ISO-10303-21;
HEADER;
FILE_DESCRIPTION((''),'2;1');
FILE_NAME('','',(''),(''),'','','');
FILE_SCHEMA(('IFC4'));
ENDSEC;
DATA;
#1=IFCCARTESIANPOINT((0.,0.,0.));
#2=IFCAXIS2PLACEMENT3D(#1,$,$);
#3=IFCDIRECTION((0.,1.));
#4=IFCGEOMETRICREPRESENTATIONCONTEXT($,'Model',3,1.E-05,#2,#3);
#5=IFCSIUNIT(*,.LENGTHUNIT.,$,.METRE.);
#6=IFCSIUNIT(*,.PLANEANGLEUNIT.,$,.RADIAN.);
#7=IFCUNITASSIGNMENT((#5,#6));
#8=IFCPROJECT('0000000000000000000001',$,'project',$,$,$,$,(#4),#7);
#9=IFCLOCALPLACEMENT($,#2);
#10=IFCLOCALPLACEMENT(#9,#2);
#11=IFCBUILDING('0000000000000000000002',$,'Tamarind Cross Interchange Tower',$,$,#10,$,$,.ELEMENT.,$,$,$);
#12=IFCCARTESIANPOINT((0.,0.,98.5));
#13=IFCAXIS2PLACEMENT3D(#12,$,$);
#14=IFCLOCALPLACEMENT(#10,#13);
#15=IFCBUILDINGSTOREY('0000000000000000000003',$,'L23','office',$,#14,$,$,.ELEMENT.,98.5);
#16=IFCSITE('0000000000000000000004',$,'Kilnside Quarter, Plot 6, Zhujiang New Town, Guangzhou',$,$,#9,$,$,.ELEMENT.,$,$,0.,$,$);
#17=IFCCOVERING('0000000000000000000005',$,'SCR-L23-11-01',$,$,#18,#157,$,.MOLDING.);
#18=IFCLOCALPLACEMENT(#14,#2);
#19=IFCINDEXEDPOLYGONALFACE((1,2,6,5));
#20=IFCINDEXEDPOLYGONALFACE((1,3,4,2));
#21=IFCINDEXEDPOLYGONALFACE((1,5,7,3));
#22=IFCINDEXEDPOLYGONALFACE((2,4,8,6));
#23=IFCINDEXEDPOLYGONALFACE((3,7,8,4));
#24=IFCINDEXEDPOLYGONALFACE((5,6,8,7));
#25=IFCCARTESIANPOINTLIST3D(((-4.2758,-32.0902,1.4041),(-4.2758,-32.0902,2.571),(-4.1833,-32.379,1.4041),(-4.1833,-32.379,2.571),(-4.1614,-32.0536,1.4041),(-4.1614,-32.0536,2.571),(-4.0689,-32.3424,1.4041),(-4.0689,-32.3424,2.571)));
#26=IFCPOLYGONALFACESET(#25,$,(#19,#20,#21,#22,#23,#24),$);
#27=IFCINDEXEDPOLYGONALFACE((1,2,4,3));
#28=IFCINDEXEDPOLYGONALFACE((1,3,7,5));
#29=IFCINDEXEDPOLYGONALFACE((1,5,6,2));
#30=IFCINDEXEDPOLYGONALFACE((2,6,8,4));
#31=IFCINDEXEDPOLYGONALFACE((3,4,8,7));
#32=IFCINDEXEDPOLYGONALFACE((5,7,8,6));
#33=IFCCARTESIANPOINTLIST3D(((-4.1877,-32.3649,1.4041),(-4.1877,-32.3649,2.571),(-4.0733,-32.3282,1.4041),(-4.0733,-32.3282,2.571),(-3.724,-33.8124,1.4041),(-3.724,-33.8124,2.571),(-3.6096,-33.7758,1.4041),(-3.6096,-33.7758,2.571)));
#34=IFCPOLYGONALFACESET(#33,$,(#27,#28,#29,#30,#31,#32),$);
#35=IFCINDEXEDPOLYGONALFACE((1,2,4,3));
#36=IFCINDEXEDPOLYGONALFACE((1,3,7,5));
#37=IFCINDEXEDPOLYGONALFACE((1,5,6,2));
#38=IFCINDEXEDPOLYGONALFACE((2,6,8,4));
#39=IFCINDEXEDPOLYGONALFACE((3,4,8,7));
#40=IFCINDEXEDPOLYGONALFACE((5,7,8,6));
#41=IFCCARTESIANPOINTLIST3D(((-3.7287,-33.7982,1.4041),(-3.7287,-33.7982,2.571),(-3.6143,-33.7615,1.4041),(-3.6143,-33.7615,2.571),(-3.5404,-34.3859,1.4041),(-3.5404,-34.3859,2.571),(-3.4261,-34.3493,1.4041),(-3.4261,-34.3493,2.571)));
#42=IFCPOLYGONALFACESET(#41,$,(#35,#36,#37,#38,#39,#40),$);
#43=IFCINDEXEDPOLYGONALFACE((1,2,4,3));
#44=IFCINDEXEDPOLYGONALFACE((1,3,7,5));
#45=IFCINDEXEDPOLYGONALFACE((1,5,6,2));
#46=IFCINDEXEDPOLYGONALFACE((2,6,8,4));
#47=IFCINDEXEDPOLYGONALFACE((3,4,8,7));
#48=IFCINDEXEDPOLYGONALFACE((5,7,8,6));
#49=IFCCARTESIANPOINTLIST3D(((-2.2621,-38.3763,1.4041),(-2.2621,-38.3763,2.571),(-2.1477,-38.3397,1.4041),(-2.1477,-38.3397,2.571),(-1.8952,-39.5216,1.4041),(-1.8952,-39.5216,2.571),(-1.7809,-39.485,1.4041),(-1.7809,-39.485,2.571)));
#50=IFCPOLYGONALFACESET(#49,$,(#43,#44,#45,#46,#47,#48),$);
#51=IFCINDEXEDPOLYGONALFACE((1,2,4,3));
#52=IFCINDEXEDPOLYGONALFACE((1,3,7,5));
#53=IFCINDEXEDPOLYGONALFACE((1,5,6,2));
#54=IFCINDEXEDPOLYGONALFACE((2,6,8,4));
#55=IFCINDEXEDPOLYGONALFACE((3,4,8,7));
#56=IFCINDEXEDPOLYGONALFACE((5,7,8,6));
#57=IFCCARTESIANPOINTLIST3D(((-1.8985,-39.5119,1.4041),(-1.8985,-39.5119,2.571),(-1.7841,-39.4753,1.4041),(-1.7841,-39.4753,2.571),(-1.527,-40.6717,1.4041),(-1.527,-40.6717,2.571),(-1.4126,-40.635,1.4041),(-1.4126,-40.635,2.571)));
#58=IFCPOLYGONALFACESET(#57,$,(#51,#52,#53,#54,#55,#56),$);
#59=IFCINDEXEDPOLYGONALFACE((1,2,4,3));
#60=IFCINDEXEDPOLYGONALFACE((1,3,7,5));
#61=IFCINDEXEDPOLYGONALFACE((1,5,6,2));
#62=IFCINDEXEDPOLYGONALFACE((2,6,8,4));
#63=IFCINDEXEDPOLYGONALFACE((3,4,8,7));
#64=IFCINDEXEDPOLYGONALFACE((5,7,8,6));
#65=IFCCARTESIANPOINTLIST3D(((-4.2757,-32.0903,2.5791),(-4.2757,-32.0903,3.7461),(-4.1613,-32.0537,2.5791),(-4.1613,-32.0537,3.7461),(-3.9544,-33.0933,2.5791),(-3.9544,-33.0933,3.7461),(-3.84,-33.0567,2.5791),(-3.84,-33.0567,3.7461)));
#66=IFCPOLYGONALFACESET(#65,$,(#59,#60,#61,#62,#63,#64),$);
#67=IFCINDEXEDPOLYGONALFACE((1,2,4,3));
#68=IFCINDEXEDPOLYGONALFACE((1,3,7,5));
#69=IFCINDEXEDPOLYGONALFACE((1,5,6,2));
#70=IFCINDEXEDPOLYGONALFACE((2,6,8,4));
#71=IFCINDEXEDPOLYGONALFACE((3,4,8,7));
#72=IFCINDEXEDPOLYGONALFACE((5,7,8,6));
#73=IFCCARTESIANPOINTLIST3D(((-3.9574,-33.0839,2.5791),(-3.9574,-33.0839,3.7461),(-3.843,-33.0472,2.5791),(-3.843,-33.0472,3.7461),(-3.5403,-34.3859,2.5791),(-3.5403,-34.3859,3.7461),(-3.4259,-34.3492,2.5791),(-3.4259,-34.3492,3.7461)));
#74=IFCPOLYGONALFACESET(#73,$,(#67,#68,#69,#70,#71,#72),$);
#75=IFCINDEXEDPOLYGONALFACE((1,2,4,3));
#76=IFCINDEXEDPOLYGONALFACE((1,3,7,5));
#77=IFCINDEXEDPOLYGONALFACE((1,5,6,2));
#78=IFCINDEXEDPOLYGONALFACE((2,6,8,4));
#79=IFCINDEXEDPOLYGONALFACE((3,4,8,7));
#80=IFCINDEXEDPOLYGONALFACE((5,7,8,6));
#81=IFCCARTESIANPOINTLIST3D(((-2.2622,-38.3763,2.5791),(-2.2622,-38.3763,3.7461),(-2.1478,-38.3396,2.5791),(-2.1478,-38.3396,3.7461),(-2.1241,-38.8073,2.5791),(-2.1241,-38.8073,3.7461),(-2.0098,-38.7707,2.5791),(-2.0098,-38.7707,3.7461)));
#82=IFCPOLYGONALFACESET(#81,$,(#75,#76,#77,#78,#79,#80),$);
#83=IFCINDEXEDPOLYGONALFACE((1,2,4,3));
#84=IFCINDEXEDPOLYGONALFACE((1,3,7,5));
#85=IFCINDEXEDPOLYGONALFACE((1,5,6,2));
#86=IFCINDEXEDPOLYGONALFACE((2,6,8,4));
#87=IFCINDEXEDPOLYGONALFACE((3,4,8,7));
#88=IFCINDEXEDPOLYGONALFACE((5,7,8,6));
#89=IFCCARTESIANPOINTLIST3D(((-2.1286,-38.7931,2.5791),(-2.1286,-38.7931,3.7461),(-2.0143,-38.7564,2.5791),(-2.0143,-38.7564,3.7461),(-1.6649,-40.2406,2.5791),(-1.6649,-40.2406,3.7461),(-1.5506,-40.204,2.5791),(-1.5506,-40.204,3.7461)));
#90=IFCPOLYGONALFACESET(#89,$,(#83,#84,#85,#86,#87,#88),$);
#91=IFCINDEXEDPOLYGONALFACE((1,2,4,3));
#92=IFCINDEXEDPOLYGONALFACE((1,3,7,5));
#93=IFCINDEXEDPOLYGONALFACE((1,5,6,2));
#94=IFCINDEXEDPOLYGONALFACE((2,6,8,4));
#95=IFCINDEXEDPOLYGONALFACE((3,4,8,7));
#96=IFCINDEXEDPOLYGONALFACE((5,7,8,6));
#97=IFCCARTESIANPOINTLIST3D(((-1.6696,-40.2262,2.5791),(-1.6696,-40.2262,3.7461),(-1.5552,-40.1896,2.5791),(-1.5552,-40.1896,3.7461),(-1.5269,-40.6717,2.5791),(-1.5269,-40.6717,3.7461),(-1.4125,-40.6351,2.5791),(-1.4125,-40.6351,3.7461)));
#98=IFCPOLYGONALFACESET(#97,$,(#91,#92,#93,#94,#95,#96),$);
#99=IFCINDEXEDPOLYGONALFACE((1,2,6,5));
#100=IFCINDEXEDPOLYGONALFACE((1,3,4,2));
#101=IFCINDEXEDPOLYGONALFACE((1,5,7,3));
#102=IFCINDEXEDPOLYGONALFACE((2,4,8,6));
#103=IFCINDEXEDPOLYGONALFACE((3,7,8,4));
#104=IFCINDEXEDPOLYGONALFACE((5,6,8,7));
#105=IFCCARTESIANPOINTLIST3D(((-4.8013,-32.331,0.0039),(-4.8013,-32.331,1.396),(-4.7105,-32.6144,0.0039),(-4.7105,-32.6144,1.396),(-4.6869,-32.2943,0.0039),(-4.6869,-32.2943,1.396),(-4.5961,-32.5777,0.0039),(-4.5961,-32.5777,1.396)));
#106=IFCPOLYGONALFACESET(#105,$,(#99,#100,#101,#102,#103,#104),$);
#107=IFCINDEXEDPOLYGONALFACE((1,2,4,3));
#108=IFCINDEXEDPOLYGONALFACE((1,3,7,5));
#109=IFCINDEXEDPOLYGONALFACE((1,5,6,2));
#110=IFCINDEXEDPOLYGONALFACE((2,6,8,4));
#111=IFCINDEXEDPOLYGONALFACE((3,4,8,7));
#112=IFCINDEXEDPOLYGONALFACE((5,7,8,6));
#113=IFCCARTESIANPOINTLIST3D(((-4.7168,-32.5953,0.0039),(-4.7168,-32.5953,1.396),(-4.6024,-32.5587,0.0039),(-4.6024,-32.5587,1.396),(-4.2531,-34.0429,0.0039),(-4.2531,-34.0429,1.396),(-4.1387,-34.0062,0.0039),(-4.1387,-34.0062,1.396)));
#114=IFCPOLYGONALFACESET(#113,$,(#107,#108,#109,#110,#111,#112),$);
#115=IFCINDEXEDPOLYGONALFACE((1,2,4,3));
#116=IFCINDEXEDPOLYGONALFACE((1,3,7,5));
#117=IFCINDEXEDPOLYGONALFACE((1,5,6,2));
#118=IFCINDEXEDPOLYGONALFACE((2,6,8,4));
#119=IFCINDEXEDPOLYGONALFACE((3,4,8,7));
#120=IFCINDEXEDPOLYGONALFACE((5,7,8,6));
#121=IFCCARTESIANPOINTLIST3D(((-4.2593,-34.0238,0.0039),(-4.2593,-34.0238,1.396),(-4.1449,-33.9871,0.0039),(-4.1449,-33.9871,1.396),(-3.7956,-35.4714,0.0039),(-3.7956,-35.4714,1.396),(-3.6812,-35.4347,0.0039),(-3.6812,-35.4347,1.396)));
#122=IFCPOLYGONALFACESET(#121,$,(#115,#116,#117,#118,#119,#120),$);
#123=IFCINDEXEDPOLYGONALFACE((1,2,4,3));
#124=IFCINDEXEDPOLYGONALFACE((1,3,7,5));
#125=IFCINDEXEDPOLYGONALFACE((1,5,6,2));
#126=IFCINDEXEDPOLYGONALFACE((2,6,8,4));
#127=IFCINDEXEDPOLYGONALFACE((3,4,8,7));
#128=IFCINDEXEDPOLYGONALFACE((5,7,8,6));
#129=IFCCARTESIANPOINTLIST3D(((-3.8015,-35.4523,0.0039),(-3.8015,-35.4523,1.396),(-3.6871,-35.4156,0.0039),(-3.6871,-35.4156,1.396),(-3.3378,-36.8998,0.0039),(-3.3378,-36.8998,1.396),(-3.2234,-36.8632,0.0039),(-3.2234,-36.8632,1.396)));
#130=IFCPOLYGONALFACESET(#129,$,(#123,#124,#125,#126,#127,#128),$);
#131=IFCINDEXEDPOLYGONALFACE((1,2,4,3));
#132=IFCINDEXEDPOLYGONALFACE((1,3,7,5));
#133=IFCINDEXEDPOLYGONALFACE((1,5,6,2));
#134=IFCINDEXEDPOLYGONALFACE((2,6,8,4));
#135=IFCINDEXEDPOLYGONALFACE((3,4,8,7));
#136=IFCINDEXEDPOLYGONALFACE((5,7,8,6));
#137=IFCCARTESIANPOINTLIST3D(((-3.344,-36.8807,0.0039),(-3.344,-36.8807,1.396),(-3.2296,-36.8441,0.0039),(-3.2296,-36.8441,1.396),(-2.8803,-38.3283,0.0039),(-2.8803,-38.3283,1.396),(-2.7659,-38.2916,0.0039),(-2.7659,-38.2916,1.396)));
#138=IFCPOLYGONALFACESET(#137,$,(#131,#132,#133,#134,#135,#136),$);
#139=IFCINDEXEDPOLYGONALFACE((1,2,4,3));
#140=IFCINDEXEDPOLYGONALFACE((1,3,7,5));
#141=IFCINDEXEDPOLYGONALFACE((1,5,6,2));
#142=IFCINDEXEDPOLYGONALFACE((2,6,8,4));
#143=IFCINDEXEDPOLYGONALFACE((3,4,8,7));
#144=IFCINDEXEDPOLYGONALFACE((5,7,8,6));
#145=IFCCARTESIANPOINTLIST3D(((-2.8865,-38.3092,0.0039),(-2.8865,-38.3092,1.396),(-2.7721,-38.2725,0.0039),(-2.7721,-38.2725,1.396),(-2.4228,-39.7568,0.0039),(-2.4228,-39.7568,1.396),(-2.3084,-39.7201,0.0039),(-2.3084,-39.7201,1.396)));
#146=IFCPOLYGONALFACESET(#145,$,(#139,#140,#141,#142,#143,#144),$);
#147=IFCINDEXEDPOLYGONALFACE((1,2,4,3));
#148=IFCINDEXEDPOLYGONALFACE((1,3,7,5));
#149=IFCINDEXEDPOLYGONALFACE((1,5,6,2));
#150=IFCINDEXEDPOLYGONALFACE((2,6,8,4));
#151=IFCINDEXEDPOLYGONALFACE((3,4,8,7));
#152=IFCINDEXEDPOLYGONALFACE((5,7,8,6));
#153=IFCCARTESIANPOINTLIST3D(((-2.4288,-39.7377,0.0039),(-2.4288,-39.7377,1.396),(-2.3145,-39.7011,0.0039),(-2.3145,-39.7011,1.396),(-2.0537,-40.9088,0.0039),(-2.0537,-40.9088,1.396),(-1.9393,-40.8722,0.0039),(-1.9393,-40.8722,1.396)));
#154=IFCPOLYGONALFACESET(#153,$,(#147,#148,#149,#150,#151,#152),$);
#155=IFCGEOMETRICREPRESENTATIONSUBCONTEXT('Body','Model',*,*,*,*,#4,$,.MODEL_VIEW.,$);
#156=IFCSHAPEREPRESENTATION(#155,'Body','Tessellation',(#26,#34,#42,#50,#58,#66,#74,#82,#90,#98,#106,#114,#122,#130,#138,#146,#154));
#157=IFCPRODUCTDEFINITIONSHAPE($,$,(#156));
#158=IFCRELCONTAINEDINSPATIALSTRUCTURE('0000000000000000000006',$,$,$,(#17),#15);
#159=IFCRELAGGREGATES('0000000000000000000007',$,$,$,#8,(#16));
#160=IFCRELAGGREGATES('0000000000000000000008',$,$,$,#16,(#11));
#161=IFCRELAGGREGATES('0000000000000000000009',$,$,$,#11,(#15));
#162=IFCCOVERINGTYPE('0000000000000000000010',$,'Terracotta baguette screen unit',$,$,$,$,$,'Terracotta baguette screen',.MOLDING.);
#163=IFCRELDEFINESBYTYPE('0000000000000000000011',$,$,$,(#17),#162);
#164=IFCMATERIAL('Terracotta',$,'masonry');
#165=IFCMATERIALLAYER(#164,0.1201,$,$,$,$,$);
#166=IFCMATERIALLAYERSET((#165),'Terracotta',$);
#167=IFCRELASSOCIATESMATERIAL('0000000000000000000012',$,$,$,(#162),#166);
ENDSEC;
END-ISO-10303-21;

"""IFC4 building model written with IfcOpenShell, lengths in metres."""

from ifc_helpers import new_model, si_unit, direction, frame, origin, origin_2d, place, context, subcontext, project, spatial, rectangle, extrude, material, layer, layer_set, type_object, element, save


model = new_model("IFC4")

# Units and contexts
model_context = context("Model", 3, precision=1e-05, world=origin(), true_north=direction((0.0, 1.0)))
body_context = subcontext(model_context, "Body", "Model", "MODEL_VIEW")
ifc_project = project(units=[si_unit("LENGTHUNIT", "METRE"), si_unit("PLANEANGLEUNIT", "RADIAN")], contexts=[model_context])

# Site, building, storey
site_placement = place(None, origin())
site = spatial("IfcSite", under=ifc_project, at=site_placement, Name="Kilnside Quarter, Plot 6, Zhujiang New Town, Guangzhou", CompositionType="ELEMENT", RefElevation=0.0)
building_placement = place(site_placement, origin())
building = spatial("IfcBuilding", under=site, at=building_placement, Name="Tamarind Cross Interchange Tower", CompositionType="ELEMENT")
storey_placement = place(building_placement, frame((0.0, 0.0, 98.5)))
storey = spatial("IfcBuildingStorey", under=building, at=storey_placement, Name="L23", Description="office", CompositionType="ELEMENT", Elevation=98.5)

# Covering
ifc_material_1 = material(Name="Terracotta", Category="masonry")
ifc_layer_1 = layer(ifc_material_1, 0.1201)
ifc_layer_set_1 = layer_set([ifc_layer_1], Name="Terracotta")
covering_type = type_object("IfcCoveringType", Name="Terracotta baguette screen unit", ElementType="Terracotta baguette screen", PredefinedType="MOLDING", material=ifc_layer_set_1)
covering_1_placement = place(storey_placement, origin())
element("IfcCovering", 1, at=covering_1_placement, inside=storey, type_object=covering_type, Name="SCR-L23-11-01", PredefinedType="MOLDING", context=body_context, shape_type="SweptSolid", body=[
    extrude(rectangle(XDim=0.3032, YDim=0.1201, at=origin_2d()), frame((-4.1724, -32.2163, 1.4041), z_axis=(0.0, 0.0, 1.0), x_axis=(0.305057, -0.952334, 0.0)), (0.0, 0.0, 1.0), 1.167),
    extrude(rectangle(XDim=1.52, YDim=0.1201, at=origin_2d()), frame((-3.8987, -33.0703, 1.4041), z_axis=(0.0, 0.0, 1.0), x_axis=(0.305057, -0.952334, 0.0)), (0.0, 0.0, 1.0), 1.167),
    extrude(rectangle(XDim=0.6172, YDim=0.1201, at=origin_2d()), frame((-3.5774, -34.0737, 1.4041), z_axis=(0.0, 0.0, 1.0), x_axis=(0.305057, -0.952334, 0.0)), (0.0, 0.0, 1.0), 1.167),
    extrude(rectangle(XDim=1.2026, YDim=0.1201, at=origin_2d()), frame((-2.0215, -38.9307, 1.4041), z_axis=(0.0, 0.0, 1.0), x_axis=(0.305057, -0.952334, 0.0)), (0.0, 0.0, 1.0), 1.167),
    extrude(rectangle(XDim=1.2178, YDim=0.1201, at=origin_2d()), frame((-1.6555, -40.0735, 1.4041), z_axis=(0.0, 0.0, 1.0), x_axis=(0.305057, -0.952334, 0.0)), (0.0, 0.0, 1.0), 1.167),
    extrude(rectangle(XDim=1.0532, YDim=0.1201, at=origin_2d()), frame((-4.0579, -32.5735, 2.5791), z_axis=(0.0, 0.0, 1.0), x_axis=(0.305057, -0.952334, 0.0)), (0.0, 0.0, 1.0), 1.167),
    extrude(rectangle(XDim=1.3672, YDim=0.1201, at=origin_2d()), frame((-3.6917, -33.7166, 2.5791), z_axis=(0.0, 0.0, 1.0), x_axis=(0.305057, -0.952334, 0.0)), (0.0, 0.0, 1.0), 1.167),
    extrude(rectangle(XDim=0.4526, YDim=0.1201, at=origin_2d()), frame((-2.136, -38.5735, 2.5791), z_axis=(0.0, 0.0, 1.0), x_axis=(0.305057, -0.952334, 0.0)), (0.0, 0.0, 1.0), 1.167),
    extrude(rectangle(XDim=1.52, YDim=0.1201, at=origin_2d()), frame((-1.8396, -39.4985, 2.5791), z_axis=(0.0, 0.0, 1.0), x_axis=(0.305057, -0.952334, 0.0)), (0.0, 0.0, 1.0), 1.167),
    extrude(rectangle(XDim=0.4678, YDim=0.1201, at=origin_2d()), frame((-1.541, -40.4307, 2.5791), z_axis=(0.0, 0.0, 1.0), x_axis=(0.305057, -0.952334, 0.0)), (0.0, 0.0, 1.0), 1.167),
    extrude(rectangle(XDim=0.2976, YDim=0.1201, at=origin_2d()), frame((-4.6987, -32.4543, 0.0039), z_axis=(0.0, 0.0, 1.0), x_axis=(0.305057, -0.952334, 0.0)), (0.0, 0.0, 1.0), 1.3921),
    extrude(rectangle(XDim=1.52, YDim=0.1201, at=origin_2d()), frame((-4.4277, -33.3008, 0.0039), z_axis=(0.0, 0.0, 1.0), x_axis=(0.305057, -0.952334, 0.0)), (0.0, 0.0, 1.0), 1.3921),
    extrude(rectangle(XDim=1.52, YDim=0.1201, at=origin_2d()), frame((-3.9702, -34.7292, 0.0039), z_axis=(0.0, 0.0, 1.0), x_axis=(0.305057, -0.952334, 0.0)), (0.0, 0.0, 1.0), 1.3921),
    extrude(rectangle(XDim=1.52, YDim=0.1201, at=origin_2d()), frame((-3.5125, -36.1577, 0.0039), z_axis=(0.0, 0.0, 1.0), x_axis=(0.305057, -0.952334, 0.0)), (0.0, 0.0, 1.0), 1.3921),
    extrude(rectangle(XDim=1.52, YDim=0.1201, at=origin_2d()), frame((-3.0549, -37.5862, 0.0039), z_axis=(0.0, 0.0, 1.0), x_axis=(0.305057, -0.952334, 0.0)), (0.0, 0.0, 1.0), 1.3921),
    extrude(rectangle(XDim=1.52, YDim=0.1201, at=origin_2d()), frame((-2.5974, -39.0146, 0.0039), z_axis=(0.0, 0.0, 1.0), x_axis=(0.305057, -0.952334, 0.0)), (0.0, 0.0, 1.0), 1.3921),
    extrude(rectangle(XDim=1.2297, YDim=0.1201, at=origin_2d()), frame((-2.1841, -40.3049, 0.0039), z_axis=(0.0, 0.0, 1.0), x_axis=(0.305057, -0.952334, 0.0)), (0.0, 0.0, 1.0), 1.3921),
])

save(model, "model.ifc")
